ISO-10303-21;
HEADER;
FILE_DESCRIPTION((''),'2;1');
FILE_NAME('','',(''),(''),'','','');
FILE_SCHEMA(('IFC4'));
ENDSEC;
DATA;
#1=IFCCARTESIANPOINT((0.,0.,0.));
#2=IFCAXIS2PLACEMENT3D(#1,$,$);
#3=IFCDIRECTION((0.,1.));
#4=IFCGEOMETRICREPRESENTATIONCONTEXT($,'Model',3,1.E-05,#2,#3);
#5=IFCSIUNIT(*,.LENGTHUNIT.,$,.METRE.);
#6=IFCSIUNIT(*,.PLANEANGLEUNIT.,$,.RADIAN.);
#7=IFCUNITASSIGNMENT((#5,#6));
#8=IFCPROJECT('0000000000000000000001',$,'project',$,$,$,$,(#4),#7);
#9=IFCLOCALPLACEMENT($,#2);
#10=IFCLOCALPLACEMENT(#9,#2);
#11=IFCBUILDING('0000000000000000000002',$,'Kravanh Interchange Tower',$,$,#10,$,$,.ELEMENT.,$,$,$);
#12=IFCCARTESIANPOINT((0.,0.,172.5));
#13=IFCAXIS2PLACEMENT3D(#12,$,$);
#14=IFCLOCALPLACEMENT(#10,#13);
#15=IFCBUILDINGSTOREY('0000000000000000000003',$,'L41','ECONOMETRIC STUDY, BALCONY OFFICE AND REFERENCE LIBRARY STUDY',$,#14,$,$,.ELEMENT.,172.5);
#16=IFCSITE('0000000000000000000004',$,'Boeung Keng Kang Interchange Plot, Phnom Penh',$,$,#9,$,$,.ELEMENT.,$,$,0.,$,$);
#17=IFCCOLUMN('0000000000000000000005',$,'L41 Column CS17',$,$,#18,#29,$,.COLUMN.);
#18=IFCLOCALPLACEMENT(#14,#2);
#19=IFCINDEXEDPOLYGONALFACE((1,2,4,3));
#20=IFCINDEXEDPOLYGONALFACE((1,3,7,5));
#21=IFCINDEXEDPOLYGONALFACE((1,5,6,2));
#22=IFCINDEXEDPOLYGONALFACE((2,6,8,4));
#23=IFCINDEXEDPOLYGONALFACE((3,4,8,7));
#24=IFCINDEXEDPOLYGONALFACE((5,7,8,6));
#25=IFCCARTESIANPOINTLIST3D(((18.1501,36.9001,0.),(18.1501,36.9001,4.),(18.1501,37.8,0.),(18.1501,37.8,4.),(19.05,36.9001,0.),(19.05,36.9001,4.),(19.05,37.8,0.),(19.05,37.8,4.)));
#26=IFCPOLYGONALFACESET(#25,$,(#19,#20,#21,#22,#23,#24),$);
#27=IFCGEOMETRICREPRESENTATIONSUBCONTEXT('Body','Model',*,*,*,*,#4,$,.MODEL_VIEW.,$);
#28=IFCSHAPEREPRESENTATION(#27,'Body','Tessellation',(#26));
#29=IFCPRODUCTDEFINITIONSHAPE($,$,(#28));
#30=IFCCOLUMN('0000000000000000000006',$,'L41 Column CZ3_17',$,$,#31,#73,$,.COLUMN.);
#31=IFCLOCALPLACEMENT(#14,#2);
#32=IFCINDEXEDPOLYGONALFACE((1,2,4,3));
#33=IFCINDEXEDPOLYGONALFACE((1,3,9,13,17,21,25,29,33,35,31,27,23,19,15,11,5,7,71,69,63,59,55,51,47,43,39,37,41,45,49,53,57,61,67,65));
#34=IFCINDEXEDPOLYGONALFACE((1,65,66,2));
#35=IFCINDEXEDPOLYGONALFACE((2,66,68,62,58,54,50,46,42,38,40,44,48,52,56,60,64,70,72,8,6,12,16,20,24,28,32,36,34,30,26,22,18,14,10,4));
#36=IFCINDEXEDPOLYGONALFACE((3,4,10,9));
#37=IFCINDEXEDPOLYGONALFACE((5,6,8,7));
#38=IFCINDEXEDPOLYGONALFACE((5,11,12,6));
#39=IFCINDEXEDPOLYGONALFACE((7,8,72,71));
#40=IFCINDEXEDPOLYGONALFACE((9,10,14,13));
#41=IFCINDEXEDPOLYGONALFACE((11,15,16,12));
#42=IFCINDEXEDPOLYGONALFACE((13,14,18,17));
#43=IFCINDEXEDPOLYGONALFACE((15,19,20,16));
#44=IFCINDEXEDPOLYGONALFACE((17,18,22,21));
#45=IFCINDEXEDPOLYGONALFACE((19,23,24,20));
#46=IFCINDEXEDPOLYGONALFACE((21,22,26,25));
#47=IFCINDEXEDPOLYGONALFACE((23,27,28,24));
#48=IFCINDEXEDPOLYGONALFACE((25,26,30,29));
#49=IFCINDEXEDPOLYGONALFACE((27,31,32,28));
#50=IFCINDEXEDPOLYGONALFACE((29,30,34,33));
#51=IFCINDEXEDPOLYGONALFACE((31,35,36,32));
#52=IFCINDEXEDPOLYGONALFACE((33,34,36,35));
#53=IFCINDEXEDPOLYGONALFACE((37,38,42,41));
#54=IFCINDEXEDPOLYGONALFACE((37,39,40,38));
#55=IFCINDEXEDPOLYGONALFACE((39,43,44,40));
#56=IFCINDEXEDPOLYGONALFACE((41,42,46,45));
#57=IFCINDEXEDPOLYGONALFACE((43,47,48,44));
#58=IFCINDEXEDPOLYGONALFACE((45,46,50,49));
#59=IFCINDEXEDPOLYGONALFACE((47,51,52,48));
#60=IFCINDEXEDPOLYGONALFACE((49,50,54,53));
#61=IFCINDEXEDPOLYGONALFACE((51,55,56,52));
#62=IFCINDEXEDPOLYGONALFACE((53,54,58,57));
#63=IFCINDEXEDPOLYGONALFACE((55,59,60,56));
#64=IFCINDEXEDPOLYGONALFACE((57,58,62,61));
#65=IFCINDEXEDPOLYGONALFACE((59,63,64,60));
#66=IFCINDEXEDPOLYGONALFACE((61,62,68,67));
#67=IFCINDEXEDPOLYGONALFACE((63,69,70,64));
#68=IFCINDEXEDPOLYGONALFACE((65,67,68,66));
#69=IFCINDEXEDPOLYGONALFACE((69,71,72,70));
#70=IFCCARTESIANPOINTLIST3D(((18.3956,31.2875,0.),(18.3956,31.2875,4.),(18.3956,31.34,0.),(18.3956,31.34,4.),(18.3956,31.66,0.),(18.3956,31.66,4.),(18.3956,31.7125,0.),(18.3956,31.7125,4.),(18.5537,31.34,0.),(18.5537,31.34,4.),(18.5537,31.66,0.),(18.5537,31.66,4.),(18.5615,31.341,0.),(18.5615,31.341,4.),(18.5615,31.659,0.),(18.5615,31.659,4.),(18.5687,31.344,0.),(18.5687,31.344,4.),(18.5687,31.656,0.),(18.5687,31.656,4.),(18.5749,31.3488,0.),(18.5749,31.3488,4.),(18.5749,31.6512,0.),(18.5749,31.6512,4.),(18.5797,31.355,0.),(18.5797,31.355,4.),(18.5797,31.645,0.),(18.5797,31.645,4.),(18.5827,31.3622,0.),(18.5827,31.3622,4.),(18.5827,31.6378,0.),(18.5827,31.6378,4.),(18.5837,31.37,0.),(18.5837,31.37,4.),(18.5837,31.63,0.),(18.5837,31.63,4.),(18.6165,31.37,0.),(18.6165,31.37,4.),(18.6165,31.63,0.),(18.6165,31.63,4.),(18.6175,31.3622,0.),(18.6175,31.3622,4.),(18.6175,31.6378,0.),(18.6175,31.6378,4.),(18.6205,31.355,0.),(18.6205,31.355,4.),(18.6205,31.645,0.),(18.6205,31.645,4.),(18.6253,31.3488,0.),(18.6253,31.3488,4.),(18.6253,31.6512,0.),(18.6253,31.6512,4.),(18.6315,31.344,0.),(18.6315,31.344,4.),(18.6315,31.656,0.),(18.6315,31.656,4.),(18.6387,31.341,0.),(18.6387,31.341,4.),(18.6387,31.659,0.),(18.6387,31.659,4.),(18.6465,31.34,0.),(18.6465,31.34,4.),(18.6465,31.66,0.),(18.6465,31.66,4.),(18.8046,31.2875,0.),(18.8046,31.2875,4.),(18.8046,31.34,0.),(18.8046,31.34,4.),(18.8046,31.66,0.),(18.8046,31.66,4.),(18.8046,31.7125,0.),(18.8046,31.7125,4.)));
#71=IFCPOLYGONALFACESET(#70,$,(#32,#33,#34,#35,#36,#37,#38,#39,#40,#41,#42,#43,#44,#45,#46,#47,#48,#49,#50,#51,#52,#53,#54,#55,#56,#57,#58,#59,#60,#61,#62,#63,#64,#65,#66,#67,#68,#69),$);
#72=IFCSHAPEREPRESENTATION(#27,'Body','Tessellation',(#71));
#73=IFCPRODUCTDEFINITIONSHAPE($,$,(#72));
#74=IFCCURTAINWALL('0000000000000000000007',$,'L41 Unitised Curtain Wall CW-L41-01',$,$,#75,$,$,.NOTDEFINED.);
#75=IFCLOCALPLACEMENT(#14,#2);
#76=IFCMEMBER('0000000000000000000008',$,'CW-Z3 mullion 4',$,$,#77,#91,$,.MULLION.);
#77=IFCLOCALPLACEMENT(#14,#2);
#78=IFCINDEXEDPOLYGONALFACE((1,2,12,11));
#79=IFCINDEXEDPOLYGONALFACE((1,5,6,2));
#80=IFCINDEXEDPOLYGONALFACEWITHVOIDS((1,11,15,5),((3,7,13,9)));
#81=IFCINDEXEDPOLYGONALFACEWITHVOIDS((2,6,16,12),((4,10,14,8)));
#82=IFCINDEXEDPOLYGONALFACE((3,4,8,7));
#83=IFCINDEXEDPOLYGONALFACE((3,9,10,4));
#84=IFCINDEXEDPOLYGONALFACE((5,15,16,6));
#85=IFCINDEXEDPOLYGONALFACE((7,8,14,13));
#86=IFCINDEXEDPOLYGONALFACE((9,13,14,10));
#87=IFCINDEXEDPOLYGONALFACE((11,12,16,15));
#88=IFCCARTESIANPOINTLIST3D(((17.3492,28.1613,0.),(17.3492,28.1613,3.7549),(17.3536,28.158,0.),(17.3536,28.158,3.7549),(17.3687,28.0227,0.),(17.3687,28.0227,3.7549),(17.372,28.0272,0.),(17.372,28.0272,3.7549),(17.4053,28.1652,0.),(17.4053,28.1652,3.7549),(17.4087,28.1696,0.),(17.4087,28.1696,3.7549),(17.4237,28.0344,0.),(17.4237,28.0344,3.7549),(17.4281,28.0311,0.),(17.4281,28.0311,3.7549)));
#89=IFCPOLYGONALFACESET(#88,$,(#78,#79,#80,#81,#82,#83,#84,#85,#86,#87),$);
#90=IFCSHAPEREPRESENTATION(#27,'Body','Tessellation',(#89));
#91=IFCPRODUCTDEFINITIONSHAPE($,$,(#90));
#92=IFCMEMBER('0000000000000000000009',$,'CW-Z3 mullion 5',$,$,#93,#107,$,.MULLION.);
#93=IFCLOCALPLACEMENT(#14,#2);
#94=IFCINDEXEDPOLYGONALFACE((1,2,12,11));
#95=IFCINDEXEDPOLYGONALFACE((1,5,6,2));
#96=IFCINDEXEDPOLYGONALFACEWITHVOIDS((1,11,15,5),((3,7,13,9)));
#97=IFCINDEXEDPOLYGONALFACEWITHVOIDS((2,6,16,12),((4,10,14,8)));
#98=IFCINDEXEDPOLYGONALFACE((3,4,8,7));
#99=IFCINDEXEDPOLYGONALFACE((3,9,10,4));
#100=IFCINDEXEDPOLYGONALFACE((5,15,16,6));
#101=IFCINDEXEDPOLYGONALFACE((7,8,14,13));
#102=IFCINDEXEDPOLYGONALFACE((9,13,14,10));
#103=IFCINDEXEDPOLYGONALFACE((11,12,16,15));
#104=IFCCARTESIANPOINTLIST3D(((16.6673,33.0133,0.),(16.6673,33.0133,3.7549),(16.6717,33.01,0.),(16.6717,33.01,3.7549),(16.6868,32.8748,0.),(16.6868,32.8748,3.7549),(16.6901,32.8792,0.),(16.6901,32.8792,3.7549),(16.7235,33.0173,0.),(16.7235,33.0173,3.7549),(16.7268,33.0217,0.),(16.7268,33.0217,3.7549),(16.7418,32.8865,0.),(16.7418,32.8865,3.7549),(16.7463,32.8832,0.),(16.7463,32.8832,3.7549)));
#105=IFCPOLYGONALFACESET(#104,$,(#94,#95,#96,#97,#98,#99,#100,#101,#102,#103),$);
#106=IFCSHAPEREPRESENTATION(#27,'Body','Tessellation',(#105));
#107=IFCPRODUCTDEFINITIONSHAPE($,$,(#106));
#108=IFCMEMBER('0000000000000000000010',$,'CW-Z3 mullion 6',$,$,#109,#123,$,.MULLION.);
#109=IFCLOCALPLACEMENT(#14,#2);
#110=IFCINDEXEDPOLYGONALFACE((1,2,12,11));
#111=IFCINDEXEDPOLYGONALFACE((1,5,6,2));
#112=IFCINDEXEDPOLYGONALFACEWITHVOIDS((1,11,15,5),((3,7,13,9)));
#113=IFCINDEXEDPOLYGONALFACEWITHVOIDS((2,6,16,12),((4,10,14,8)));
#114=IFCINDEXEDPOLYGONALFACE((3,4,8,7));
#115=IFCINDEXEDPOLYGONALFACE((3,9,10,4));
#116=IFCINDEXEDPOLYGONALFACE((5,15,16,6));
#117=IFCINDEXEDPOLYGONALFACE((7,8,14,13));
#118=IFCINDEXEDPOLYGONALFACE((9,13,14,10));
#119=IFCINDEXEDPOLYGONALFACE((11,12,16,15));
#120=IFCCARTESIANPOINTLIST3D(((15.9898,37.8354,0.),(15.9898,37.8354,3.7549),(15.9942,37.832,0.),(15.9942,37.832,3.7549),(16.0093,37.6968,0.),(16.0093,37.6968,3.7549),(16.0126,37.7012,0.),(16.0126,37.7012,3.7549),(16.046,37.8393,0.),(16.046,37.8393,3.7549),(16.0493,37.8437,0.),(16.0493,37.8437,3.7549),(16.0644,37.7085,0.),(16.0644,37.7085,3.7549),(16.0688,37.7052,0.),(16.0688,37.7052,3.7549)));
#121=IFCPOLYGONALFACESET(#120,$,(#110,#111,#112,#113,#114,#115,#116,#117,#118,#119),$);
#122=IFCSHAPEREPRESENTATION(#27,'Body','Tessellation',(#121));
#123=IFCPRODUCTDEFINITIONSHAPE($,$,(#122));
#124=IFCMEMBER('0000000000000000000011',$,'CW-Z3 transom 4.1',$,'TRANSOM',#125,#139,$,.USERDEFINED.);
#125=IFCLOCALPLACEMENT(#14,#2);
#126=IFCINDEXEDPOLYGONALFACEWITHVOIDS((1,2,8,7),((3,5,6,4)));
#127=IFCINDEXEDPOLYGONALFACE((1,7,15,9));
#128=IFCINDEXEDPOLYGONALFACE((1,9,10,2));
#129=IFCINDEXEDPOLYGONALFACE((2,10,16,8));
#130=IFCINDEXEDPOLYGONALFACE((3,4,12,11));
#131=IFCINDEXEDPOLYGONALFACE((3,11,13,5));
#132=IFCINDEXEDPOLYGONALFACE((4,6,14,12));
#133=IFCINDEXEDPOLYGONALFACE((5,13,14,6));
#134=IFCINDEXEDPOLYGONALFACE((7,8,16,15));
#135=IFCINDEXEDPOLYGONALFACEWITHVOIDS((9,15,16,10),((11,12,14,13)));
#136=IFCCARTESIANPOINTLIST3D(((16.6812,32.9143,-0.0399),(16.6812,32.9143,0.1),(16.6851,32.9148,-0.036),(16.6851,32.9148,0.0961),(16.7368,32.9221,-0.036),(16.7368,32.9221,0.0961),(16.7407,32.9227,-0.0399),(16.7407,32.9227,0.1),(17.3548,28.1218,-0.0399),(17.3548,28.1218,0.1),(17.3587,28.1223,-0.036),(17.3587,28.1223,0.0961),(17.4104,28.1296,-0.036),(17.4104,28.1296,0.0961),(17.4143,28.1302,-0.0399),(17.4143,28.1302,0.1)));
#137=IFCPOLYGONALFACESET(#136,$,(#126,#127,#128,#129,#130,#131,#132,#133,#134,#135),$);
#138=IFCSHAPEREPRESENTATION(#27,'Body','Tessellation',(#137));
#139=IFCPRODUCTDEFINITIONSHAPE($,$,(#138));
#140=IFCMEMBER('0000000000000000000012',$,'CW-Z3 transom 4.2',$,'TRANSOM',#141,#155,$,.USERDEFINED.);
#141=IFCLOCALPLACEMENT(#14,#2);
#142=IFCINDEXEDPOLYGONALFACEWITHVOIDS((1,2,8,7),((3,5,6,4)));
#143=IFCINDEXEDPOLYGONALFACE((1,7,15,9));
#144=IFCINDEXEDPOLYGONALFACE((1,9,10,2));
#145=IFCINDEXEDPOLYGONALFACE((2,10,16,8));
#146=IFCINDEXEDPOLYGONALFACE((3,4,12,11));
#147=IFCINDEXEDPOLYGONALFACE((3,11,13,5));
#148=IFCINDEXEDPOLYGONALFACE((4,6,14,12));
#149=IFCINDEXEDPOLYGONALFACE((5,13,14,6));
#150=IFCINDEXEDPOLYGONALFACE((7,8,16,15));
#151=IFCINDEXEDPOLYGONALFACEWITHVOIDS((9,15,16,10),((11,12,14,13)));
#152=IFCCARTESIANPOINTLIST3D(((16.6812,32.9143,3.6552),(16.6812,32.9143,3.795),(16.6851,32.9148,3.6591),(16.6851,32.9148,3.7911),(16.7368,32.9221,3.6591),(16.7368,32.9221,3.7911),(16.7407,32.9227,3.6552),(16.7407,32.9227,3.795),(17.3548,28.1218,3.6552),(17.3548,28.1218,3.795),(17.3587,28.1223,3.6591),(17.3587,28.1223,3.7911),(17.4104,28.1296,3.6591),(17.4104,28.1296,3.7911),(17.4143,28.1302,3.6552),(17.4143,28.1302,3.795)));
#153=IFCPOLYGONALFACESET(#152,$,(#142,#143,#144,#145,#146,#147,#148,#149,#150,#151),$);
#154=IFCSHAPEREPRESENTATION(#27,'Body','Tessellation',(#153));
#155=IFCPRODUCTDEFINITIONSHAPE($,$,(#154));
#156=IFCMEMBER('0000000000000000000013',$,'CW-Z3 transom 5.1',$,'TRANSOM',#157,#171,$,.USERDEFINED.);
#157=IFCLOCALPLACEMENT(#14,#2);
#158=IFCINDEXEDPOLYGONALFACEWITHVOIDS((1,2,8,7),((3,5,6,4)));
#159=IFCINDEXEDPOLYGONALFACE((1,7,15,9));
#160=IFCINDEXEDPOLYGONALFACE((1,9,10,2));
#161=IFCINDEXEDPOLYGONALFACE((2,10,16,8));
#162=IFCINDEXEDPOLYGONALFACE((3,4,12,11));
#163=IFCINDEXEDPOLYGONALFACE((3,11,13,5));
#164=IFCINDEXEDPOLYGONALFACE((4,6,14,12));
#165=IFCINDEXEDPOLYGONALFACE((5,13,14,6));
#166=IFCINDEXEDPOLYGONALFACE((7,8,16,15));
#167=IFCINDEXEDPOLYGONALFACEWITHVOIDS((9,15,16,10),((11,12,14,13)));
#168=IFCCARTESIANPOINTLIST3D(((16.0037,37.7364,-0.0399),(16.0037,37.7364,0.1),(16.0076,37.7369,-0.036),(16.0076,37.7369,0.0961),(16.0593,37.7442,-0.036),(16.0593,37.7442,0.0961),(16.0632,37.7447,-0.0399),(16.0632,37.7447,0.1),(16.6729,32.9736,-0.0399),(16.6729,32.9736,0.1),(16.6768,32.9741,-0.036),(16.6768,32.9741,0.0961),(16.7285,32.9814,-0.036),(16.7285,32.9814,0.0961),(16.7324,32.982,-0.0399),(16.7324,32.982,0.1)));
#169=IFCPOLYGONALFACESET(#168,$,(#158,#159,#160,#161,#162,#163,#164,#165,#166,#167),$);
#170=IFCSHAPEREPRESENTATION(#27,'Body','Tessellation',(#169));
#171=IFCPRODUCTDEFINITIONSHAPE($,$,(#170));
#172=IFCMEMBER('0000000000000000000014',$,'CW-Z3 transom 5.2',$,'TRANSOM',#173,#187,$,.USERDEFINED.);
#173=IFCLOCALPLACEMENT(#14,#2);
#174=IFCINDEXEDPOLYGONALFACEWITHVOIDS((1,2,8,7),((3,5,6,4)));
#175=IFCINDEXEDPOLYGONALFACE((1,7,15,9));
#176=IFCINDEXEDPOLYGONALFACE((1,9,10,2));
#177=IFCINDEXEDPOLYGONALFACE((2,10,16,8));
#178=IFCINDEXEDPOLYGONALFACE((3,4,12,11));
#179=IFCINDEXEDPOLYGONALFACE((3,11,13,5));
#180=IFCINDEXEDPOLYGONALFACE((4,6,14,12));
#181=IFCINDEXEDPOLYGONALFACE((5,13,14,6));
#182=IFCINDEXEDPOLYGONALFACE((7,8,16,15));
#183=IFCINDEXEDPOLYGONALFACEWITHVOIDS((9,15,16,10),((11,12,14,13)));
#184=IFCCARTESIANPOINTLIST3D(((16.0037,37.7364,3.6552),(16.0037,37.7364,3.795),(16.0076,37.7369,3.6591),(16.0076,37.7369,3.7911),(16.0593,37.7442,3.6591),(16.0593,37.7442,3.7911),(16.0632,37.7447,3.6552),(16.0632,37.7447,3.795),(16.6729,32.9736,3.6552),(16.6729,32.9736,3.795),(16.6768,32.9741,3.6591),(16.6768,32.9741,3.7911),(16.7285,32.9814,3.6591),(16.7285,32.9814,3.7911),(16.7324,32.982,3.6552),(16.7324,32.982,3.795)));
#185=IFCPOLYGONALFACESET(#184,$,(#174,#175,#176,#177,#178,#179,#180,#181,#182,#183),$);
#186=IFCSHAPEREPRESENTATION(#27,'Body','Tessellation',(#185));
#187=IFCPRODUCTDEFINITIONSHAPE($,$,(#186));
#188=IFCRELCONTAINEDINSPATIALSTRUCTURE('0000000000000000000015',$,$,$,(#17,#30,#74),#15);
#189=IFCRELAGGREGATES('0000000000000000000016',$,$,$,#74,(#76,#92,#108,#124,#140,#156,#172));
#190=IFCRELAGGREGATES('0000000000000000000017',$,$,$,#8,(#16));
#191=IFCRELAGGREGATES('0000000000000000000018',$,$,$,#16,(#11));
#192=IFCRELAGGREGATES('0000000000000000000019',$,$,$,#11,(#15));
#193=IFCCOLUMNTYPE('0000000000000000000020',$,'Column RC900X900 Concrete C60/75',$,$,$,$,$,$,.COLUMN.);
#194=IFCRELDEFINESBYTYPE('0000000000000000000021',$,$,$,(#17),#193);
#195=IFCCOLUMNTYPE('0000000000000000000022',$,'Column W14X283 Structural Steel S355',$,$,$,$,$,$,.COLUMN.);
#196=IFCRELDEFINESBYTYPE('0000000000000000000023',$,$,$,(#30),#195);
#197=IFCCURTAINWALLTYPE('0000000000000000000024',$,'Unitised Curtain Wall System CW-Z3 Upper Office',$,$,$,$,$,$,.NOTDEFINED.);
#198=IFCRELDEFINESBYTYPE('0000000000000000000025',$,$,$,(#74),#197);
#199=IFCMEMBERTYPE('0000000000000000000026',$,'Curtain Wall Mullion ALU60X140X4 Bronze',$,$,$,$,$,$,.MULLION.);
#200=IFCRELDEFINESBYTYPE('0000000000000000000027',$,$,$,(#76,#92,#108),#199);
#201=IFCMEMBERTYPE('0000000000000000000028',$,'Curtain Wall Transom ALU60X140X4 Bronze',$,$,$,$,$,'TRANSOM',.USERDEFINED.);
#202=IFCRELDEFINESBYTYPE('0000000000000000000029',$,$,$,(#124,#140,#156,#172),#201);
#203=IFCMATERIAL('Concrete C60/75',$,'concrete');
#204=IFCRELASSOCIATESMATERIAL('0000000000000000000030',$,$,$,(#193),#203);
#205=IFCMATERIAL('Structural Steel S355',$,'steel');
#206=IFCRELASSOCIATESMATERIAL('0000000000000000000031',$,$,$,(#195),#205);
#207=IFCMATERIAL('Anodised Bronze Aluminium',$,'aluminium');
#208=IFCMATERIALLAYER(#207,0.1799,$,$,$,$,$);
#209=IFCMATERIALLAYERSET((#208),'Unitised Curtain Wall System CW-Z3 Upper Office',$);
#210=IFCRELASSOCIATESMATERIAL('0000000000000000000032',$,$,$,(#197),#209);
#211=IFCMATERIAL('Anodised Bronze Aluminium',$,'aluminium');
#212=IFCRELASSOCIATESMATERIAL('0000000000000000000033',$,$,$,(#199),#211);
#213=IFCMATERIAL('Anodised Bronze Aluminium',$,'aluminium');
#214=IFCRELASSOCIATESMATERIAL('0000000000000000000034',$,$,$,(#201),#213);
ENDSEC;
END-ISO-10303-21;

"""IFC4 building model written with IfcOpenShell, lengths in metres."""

from ifc_helpers import new_model, si_unit, direction, frame, origin, origin_2d, place, context, subcontext, project, spatial, rectangle, hollow_rectangle, i_section, extrude, material, layer, layer_set, material_profile, profile_set, type_object, element, aggregate, save


model = new_model("IFC4")

# Units and contexts
model_context = context("Model", 3, precision=1e-05, world=origin(), true_north=direction((0.0, 1.0)))
body_context = subcontext(model_context, "Body", "Model", "MODEL_VIEW")
ifc_project = project(units=[si_unit("LENGTHUNIT", "METRE"), si_unit("PLANEANGLEUNIT", "RADIAN")], contexts=[model_context])

# Site, building, storey
site_placement = place(None, origin())
site = spatial("IfcSite", under=ifc_project, at=site_placement, Name="Boeung Keng Kang Interchange Plot, Phnom Penh", CompositionType="ELEMENT", RefElevation=0.0)
building_placement = place(site_placement, origin())
building = spatial("IfcBuilding", under=site, at=building_placement, Name="Kravanh Interchange Tower", CompositionType="ELEMENT")
storey_placement = place(building_placement, frame((0.0, 0.0, 172.5)))
storey = spatial("IfcBuildingStorey", under=building, at=storey_placement, Name="L41", Description="ECONOMETRIC STUDY, BALCONY OFFICE AND REFERENCE LIBRARY STUDY", CompositionType="ELEMENT", Elevation=172.5)

# Columns
ifc_material_1 = material(Name="Concrete C60/75", Category="concrete")
ifc_material_profile_1 = material_profile(ifc_material_1, rectangle(XDim=0.8999, YDim=0.8999, at=origin_2d()), Name="RC900X900")
ifc_profile_set_1 = profile_set([ifc_material_profile_1], Name="Concrete C60/75")
column_type_1 = type_object("IfcColumnType", Name="Column RC900X900 Concrete C60/75", PredefinedType="COLUMN", material=ifc_profile_set_1)
column_1_placement = place(storey_placement, frame((18.6001, 37.3501, 0.0), z_axis=(0.0, 0.0, 1.0), x_axis=(1.0, 0.0, 0.0)))
element("IfcColumn", 1, at=column_1_placement, inside=storey, type_object=column_type_1, Name="L41 Column CS17", PredefinedType="COLUMN", context=body_context, shape_type="SweptSolid", body=[
    extrude(rectangle(XDim=0.8999, YDim=0.8999, at=origin_2d()), origin(), (0.0, 0.0, 1.0), 4.0),
])
ifc_material_2 = material(Name="Structural Steel S355", Category="steel")
ifc_material_profile_2 = material_profile(ifc_material_2, i_section(OverallWidth=0.4089, OverallDepth=0.425, WebThickness=0.0327, FlangeThickness=0.0525, FilletRadius=0.03, at=origin_2d()), Name="W14X283")
ifc_profile_set_2 = profile_set([ifc_material_profile_2], Name="Structural Steel S355")
column_type_2 = type_object("IfcColumnType", Name="Column W14X283 Structural Steel S355", PredefinedType="COLUMN", material=ifc_profile_set_2)
column_2_placement = place(storey_placement, frame((18.6001, 31.5, 0.0), z_axis=(0.0, 0.0, 1.0), x_axis=(1.0, 0.0, 0.0)))
element("IfcColumn", 2, at=column_2_placement, inside=storey, type_object=column_type_2, Name="L41 Column CZ3_17", PredefinedType="COLUMN", context=body_context, shape_type="SweptSolid", body=[
    extrude(i_section(OverallWidth=0.4089, OverallDepth=0.425, WebThickness=0.0327, FlangeThickness=0.0525, FilletRadius=0.03, at=origin_2d()), origin(), (0.0, 0.0, 1.0), 4.0),
])

# Curtain wall, members
ifc_material_3 = material(Name="Anodised Bronze Aluminium", Category="aluminium")
ifc_layer_1 = layer(ifc_material_3, 0.1799)
ifc_layer_set_1 = layer_set([ifc_layer_1], Name="Unitised Curtain Wall System CW-Z3 Upper Office")
curtain_wall_type = type_object("IfcCurtainWallType", Name="Unitised Curtain Wall System CW-Z3 Upper Office", PredefinedType="NOTDEFINED", material=ifc_layer_set_1)
curtain_wall_placement = place(storey_placement, origin())
curtain_wall = element("IfcCurtainWall", 3, at=curtain_wall_placement, inside=storey, type_object=curtain_wall_type, Name="L41 Unitised Curtain Wall CW-L41-01", PredefinedType="NOTDEFINED")
ifc_material_4 = material(Name="Anodised Bronze Aluminium", Category="aluminium")
ifc_material_profile_3 = material_profile(ifc_material_4, hollow_rectangle(XDim=0.0601, YDim=0.1399, WallThickness=0.0039, at=origin_2d()), Name="ALU60X140X4")
ifc_profile_set_3 = profile_set([ifc_material_profile_3], Name="Anodised Bronze Aluminium")
member_type_1 = type_object("IfcMemberType", Name="Curtain Wall Mullion ALU60X140X4 Bronze", PredefinedType="MULLION", material=ifc_profile_set_3)
member_1_placement = place(storey_placement, frame((17.3887, 28.0962, 0.0), z_axis=(0.0, 0.0, 1.0), x_axis=(-0.990268, -0.139172, 0.0)))
member_1 = element("IfcMember", 4, at=member_1_placement, type_object=member_type_1, Name="CW-Z3 mullion 4", PredefinedType="MULLION", context=body_context, shape_type="SweptSolid", body=[
    extrude(hollow_rectangle(XDim=0.0601, YDim=0.1399, WallThickness=0.0039, at=origin_2d()), origin(), (0.0, 0.0, 1.0), 3.7549),
])
member_2_placement = place(storey_placement, frame((16.7068, 32.9482, 0.0), z_axis=(0.0, 0.0, 1.0), x_axis=(-0.990268, -0.139172, 0.0)))
member_2 = element("IfcMember", 5, at=member_2_placement, type_object=member_type_1, Name="CW-Z3 mullion 5", PredefinedType="MULLION", context=body_context, shape_type="SweptSolid", body=[
    extrude(hollow_rectangle(XDim=0.0601, YDim=0.1399, WallThickness=0.0039, at=origin_2d()), origin(), (0.0, 0.0, 1.0), 3.7549),
])
member_3_placement = place(storey_placement, frame((16.0293, 37.7703, 0.0), z_axis=(0.0, 0.0, 1.0), x_axis=(-0.990268, -0.139172, 0.0)))
member_3 = element("IfcMember", 6, at=member_3_placement, type_object=member_type_1, Name="CW-Z3 mullion 6", PredefinedType="MULLION", context=body_context, shape_type="SweptSolid", body=[
    extrude(hollow_rectangle(XDim=0.0601, YDim=0.1399, WallThickness=0.0039, at=origin_2d()), origin(), (0.0, 0.0, 1.0), 3.7549),
])
ifc_material_5 = material(Name="Anodised Bronze Aluminium", Category="aluminium")
ifc_material_profile_4 = material_profile(ifc_material_5, hollow_rectangle(XDim=0.0601, YDim=0.1399, WallThickness=0.0039, at=origin_2d()), Name="ALU60X140X4")
ifc_profile_set_4 = profile_set([ifc_material_profile_4], Name="Anodised Bronze Aluminium")
member_type_2 = type_object("IfcMemberType", Name="Curtain Wall Transom ALU60X140X4 Bronze", ElementType="TRANSOM", PredefinedType="USERDEFINED", material=ifc_profile_set_4)
member_4_placement = place(storey_placement, frame((17.3845, 28.126, 0.03), z_axis=(-0.139182, 0.990267, 0.0), x_axis=(-0.990267, -0.139182, 0.0)))
member_4 = element("IfcMember", 7, at=member_4_placement, type_object=member_type_2, Name="CW-Z3 transom 4.1", ObjectType="TRANSOM", PredefinedType="USERDEFINED", context=body_context, shape_type="SweptSolid", body=[
    extrude(hollow_rectangle(XDim=0.0601, YDim=0.1399, WallThickness=0.0039, at=origin_2d()), origin(), (0.0, 0.0, 1.0), 4.8396),
])
member_5_placement = place(storey_placement, frame((17.3845, 28.126, 3.7251), z_axis=(-0.139182, 0.990267, 0.0), x_axis=(-0.990267, -0.139182, 0.0)))
member_5 = element("IfcMember", 8, at=member_5_placement, type_object=member_type_2, Name="CW-Z3 transom 4.2", ObjectType="TRANSOM", PredefinedType="USERDEFINED", context=body_context, shape_type="SweptSolid", body=[
    extrude(hollow_rectangle(XDim=0.0601, YDim=0.1399, WallThickness=0.0039, at=origin_2d()), origin(), (0.0, 0.0, 1.0), 4.8396),
])
member_6_placement = place(storey_placement, frame((16.7026, 32.9778, 0.03), z_axis=(-0.13914, 0.990273, 0.0), x_axis=(-0.990273, -0.13914, 0.0)))
member_6 = element("IfcMember", 9, at=member_6_placement, type_object=member_type_2, Name="CW-Z3 transom 5.1", ObjectType="TRANSOM", PredefinedType="USERDEFINED", context=body_context, shape_type="SweptSolid", body=[
    extrude(hollow_rectangle(XDim=0.0601, YDim=0.1399, WallThickness=0.0039, at=origin_2d()), origin(), (0.0, 0.0, 1.0), 4.8096),
])
member_7_placement = place(storey_placement, frame((16.7026, 32.9778, 3.7251), z_axis=(-0.13914, 0.990273, 0.0), x_axis=(-0.990273, -0.13914, 0.0)))
member_7 = element("IfcMember", 10, at=member_7_placement, type_object=member_type_2, Name="CW-Z3 transom 5.2", ObjectType="TRANSOM", PredefinedType="USERDEFINED", context=body_context, shape_type="SweptSolid", body=[
    extrude(hollow_rectangle(XDim=0.0601, YDim=0.1399, WallThickness=0.0039, at=origin_2d()), origin(), (0.0, 0.0, 1.0), 4.8096),
])

aggregate(curtain_wall, [member_1, member_2, member_3, member_4, member_5, member_6, member_7])

save(model, "model.ifc")
